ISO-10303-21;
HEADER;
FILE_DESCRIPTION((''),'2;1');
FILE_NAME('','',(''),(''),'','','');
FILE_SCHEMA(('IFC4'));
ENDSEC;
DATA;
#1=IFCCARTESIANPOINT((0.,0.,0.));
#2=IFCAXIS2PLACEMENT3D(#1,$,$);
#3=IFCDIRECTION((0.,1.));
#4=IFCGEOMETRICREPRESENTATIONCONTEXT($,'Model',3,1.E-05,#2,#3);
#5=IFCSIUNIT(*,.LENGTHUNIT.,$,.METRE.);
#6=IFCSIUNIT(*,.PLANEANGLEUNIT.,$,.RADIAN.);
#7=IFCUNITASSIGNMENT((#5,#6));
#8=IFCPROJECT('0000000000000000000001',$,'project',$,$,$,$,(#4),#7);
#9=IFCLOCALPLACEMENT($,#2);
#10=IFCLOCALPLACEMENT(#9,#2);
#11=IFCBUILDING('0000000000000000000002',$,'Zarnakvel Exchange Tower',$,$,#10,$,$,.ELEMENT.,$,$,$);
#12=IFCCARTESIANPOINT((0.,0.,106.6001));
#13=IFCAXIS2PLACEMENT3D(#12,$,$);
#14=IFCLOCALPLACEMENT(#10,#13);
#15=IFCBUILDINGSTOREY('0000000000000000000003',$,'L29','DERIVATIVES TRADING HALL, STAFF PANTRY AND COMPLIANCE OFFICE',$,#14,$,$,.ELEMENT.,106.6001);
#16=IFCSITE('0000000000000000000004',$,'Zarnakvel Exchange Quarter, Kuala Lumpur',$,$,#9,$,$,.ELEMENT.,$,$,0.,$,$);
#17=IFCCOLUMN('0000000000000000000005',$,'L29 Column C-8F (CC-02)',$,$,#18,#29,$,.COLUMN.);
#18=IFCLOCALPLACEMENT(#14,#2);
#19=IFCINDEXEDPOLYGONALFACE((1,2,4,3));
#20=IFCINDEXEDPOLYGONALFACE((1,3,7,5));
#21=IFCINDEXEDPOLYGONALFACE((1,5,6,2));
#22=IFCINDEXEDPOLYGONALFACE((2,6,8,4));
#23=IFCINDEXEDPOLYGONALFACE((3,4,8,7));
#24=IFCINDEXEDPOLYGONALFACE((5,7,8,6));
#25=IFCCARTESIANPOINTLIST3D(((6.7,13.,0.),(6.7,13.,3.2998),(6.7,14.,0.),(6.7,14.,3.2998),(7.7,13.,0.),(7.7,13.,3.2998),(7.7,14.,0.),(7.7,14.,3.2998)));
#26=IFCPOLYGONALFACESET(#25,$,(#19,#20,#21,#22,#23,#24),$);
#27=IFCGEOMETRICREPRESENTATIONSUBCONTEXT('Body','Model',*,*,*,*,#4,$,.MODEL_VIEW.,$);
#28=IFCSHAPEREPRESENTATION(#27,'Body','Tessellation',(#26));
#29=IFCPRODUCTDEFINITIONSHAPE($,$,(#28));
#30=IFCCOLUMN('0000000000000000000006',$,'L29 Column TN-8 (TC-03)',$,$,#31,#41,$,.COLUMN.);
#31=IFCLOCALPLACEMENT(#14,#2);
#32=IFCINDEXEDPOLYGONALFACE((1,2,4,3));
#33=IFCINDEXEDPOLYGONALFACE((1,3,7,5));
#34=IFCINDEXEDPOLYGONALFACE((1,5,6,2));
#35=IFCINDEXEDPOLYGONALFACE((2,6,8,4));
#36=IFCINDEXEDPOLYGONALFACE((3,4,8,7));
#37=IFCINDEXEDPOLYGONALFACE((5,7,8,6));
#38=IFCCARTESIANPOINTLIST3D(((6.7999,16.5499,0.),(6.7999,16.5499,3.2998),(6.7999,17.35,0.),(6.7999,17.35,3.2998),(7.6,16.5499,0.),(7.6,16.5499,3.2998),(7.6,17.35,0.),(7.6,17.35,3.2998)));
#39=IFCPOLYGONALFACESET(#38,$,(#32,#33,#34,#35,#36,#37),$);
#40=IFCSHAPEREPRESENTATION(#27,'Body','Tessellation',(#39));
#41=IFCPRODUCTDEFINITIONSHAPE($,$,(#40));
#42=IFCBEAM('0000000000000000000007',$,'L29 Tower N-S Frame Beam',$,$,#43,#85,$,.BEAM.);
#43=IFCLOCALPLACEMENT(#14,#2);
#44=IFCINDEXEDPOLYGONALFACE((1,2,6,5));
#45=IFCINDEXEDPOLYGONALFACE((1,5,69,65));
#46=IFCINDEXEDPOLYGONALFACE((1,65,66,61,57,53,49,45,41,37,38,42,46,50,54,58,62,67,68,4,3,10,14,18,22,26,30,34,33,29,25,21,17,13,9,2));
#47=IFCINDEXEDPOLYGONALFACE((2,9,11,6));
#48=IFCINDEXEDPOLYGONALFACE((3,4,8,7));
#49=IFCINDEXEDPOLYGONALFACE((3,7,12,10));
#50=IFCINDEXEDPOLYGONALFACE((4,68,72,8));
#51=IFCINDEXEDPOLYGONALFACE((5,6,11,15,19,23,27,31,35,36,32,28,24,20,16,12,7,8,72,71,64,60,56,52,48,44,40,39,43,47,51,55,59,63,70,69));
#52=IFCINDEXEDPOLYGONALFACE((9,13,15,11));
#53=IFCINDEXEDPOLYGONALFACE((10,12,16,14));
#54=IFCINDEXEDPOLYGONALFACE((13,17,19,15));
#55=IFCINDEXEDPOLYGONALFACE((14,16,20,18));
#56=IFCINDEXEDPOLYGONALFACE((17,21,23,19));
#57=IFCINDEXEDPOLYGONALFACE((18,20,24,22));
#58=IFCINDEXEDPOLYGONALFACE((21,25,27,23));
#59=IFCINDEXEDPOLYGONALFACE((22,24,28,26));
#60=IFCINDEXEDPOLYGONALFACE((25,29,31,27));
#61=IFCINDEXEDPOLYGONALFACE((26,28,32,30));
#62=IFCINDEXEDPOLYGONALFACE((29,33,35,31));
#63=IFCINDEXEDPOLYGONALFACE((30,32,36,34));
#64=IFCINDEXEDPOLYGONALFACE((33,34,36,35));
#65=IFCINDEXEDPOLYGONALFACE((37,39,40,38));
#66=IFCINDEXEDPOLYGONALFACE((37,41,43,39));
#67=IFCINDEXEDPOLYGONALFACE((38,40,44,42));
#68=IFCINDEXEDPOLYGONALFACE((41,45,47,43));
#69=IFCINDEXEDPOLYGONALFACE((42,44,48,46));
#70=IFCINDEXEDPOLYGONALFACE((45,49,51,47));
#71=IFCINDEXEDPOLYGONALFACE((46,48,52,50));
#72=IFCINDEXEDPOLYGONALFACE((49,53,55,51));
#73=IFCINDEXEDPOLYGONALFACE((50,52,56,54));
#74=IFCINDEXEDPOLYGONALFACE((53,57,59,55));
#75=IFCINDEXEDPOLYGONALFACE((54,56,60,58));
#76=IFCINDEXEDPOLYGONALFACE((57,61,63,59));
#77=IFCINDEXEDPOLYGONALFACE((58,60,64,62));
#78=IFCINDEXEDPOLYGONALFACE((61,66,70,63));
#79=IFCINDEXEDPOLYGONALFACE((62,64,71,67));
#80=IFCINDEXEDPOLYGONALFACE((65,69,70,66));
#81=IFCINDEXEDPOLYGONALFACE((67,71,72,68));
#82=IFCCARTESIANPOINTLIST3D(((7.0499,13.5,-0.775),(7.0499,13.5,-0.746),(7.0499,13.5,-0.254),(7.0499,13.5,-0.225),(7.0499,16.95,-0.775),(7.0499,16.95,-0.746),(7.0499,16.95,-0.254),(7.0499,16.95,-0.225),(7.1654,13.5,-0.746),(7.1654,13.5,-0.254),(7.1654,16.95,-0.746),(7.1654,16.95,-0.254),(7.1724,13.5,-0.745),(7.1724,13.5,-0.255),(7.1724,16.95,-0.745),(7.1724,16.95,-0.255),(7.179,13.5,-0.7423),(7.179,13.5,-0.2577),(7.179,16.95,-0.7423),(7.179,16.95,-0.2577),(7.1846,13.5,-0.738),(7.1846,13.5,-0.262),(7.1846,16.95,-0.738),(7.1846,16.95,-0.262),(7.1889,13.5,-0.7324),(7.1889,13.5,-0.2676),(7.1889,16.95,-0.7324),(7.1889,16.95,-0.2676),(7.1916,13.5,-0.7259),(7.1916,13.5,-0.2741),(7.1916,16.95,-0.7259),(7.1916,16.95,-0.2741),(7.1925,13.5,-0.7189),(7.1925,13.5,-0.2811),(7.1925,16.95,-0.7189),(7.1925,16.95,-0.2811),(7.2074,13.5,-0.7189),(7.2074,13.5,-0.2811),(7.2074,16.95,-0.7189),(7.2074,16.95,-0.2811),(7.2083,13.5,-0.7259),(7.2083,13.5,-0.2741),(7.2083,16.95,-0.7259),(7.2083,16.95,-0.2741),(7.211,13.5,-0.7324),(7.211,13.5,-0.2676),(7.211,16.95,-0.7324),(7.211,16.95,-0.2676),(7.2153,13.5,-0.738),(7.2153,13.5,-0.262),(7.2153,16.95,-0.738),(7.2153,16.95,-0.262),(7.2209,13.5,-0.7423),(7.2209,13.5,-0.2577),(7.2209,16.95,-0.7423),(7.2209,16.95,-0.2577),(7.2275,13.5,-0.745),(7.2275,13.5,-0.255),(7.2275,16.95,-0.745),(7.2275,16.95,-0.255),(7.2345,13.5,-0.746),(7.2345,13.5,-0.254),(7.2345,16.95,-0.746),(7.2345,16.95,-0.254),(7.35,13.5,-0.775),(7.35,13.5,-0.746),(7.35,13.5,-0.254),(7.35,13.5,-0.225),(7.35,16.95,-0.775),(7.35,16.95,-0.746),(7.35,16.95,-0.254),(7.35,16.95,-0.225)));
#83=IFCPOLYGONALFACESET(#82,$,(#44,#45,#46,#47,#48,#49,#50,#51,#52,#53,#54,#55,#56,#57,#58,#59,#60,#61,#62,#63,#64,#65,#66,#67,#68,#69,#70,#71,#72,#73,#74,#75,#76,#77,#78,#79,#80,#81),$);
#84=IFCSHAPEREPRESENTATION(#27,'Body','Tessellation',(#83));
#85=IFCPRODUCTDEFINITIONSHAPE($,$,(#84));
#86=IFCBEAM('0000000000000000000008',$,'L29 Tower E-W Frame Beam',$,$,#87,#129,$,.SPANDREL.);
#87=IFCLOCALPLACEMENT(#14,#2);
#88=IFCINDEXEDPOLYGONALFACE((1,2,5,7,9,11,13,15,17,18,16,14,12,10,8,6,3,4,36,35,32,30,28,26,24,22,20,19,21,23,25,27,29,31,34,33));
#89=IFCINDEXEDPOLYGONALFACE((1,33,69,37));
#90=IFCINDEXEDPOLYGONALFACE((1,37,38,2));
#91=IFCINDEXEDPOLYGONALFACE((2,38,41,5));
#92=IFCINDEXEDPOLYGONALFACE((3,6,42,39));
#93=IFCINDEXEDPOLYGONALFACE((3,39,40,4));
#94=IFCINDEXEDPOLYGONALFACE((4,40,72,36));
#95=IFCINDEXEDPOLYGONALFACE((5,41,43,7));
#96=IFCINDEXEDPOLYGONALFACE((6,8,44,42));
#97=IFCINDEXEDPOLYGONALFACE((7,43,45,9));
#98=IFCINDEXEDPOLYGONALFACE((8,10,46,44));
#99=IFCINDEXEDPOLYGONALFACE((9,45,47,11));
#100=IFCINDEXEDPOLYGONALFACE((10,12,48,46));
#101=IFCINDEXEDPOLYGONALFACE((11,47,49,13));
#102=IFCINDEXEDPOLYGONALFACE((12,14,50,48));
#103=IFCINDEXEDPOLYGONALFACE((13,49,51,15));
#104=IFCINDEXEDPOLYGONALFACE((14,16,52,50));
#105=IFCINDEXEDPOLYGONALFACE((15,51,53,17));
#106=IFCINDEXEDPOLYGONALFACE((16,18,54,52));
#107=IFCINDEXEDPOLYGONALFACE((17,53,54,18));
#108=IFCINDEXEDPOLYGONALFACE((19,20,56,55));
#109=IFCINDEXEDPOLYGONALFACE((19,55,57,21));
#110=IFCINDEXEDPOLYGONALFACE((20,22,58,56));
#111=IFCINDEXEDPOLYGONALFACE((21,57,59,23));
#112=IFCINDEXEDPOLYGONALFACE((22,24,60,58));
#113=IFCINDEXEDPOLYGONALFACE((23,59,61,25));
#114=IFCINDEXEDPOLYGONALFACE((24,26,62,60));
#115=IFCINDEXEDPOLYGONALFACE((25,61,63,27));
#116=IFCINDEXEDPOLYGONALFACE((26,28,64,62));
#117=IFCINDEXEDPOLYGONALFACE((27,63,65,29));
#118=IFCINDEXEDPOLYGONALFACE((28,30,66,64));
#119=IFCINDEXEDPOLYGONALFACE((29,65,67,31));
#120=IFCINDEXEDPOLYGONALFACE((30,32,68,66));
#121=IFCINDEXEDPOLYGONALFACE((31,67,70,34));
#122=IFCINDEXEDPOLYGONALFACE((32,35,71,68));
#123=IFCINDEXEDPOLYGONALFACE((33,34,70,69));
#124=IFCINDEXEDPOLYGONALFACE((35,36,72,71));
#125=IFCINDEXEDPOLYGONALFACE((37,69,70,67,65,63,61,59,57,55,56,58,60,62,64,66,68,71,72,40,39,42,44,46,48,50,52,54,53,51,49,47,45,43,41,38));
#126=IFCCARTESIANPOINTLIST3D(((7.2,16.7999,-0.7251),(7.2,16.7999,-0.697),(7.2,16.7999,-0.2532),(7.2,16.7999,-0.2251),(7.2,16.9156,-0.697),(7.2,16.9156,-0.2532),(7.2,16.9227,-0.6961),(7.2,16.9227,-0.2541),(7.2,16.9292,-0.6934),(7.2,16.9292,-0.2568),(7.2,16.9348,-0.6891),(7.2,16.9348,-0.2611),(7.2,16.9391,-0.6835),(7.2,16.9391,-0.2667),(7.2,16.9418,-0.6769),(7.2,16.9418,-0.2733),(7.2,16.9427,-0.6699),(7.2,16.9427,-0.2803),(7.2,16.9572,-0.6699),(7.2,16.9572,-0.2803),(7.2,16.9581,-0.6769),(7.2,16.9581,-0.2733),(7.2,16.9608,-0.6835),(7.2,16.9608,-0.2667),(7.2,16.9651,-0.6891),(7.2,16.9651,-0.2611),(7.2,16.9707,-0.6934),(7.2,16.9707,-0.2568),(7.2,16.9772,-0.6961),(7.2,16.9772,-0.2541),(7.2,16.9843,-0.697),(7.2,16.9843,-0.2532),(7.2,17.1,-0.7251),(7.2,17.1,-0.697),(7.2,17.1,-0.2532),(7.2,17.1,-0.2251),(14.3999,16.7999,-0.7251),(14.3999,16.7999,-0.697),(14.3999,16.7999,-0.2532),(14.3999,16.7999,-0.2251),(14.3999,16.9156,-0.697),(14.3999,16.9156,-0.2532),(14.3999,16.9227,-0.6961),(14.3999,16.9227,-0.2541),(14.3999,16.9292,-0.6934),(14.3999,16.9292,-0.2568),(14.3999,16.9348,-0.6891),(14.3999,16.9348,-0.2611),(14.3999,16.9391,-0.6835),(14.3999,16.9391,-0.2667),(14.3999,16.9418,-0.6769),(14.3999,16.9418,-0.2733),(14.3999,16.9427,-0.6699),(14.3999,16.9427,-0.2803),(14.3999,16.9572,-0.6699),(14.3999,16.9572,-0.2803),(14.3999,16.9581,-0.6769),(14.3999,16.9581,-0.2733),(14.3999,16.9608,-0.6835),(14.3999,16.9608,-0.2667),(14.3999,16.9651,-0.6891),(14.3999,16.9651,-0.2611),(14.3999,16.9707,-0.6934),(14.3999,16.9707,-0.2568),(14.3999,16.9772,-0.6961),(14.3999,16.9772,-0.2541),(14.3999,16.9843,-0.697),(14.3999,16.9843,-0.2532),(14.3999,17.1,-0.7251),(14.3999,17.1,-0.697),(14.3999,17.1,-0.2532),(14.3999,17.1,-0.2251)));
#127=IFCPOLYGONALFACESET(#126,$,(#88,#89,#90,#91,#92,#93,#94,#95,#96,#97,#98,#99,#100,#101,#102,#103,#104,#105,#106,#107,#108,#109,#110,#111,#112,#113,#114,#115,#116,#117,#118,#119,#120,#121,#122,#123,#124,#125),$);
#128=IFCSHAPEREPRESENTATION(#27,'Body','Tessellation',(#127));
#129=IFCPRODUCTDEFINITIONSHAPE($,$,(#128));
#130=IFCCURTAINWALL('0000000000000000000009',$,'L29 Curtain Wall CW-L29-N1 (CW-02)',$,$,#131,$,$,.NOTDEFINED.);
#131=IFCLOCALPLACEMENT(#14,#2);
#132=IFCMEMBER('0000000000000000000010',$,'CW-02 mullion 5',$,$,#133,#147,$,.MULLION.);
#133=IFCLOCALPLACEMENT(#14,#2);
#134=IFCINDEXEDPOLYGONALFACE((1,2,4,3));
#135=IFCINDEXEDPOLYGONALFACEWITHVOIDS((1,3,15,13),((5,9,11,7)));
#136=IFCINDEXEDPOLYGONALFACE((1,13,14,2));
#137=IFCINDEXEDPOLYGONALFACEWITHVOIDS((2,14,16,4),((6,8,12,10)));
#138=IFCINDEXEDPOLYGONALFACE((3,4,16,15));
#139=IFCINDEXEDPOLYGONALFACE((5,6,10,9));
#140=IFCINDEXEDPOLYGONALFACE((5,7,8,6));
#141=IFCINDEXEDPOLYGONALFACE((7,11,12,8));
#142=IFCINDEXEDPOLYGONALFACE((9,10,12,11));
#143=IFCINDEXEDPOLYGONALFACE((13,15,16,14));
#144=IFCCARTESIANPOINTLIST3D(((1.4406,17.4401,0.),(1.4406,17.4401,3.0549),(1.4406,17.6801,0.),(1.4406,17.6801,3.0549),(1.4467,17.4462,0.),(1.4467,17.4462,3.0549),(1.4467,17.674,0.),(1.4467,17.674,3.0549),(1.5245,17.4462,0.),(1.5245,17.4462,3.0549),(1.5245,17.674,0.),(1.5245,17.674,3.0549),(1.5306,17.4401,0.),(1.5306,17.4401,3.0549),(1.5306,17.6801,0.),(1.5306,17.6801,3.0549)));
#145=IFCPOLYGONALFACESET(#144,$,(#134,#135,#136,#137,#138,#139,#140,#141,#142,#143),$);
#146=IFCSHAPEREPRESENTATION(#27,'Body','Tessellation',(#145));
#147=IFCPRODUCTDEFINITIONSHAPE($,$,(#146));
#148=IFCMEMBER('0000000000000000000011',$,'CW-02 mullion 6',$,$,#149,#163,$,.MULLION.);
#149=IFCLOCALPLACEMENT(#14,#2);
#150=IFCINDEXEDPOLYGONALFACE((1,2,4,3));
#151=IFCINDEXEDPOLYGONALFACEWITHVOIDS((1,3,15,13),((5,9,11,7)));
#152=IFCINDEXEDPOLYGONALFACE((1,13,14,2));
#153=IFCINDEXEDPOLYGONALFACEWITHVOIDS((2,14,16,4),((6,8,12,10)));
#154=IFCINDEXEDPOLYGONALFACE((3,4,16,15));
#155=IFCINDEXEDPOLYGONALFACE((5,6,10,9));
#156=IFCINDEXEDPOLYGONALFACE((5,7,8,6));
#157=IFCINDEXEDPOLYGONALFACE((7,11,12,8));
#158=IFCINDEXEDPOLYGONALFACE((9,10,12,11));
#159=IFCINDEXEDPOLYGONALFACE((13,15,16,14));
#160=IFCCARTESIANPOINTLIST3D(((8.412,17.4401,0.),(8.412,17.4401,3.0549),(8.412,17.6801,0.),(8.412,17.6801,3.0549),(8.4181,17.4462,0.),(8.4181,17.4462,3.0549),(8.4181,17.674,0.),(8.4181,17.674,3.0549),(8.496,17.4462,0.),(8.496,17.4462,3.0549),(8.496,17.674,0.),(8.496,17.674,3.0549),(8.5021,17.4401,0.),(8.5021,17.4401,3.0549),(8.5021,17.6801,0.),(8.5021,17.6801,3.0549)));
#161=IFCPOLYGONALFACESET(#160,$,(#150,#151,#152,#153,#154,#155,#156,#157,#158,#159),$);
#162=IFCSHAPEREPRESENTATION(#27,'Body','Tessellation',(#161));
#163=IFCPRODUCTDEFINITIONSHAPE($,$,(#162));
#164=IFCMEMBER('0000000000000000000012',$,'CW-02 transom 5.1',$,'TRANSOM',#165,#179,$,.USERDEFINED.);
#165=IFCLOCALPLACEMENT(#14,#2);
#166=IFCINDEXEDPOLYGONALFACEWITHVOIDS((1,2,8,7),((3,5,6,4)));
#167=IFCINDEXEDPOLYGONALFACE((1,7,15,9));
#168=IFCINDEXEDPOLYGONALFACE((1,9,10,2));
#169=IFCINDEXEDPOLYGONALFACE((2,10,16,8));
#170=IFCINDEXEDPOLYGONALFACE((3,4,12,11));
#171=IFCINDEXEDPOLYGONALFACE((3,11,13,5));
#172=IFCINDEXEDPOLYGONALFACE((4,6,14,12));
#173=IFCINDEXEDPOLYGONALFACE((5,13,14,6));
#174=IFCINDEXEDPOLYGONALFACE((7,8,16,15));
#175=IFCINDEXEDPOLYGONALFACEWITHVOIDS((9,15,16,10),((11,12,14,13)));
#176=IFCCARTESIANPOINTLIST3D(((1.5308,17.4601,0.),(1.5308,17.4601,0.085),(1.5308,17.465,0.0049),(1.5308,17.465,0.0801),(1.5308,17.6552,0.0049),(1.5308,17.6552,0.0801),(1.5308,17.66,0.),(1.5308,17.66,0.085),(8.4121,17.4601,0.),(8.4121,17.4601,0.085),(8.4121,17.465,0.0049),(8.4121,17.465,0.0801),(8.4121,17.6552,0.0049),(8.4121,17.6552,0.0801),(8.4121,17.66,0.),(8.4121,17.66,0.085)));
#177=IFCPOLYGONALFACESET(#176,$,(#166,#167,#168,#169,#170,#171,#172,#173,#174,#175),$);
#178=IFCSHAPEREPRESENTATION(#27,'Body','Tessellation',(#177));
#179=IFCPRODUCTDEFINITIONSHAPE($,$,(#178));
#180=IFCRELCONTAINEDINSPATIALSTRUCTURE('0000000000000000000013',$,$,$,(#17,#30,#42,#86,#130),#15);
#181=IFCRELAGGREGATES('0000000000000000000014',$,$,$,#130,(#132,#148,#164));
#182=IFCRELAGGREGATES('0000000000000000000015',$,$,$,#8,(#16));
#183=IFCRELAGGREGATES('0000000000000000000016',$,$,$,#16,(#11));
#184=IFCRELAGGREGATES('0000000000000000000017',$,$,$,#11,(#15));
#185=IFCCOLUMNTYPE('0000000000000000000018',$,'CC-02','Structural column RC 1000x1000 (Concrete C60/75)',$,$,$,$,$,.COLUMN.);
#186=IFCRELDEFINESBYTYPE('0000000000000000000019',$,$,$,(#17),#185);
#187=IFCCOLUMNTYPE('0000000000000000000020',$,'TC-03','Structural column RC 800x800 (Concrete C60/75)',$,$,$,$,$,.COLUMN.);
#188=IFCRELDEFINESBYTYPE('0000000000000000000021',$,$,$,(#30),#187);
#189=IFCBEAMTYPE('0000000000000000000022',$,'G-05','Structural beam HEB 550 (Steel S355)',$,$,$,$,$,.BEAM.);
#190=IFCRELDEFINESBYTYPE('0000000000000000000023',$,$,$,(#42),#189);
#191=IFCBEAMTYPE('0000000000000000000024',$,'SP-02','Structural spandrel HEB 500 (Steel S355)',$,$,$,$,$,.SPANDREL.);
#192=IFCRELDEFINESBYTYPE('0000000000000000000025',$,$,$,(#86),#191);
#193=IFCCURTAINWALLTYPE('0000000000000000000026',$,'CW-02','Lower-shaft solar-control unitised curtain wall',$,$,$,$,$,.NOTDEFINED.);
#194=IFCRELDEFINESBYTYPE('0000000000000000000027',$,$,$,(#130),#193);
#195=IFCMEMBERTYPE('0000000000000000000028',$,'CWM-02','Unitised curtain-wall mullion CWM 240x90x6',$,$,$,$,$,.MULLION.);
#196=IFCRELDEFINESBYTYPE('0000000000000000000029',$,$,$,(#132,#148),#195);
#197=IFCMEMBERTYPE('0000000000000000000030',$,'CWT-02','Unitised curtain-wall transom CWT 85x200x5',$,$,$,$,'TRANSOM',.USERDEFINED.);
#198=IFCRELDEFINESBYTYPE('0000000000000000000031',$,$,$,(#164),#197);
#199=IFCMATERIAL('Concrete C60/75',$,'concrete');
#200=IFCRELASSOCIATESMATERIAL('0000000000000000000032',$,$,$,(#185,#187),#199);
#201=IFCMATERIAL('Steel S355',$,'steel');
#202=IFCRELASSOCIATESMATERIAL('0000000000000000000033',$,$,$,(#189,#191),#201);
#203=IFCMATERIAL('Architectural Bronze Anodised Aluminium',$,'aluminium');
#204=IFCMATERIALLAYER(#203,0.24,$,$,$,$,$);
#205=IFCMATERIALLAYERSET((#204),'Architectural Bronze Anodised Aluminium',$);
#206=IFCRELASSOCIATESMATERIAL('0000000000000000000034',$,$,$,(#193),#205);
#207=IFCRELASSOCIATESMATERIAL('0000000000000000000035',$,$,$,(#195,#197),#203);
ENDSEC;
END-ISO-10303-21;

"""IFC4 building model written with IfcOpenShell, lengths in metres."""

from ifc_helpers import new_model, si_unit, direction, frame, origin, origin_2d, place, context, subcontext, project, spatial, rectangle, hollow_rectangle, i_section, extrude, source, transform, mapped, material, layer, layer_set, material_profile, profile_set, type_object, element, aggregate, save


model = new_model("IFC4")

# Units and contexts
model_context = context("Model", 3, precision=1e-05, world=origin(), true_north=direction((0.0, 1.0)))
body_context = subcontext(model_context, "Body", "Model", "MODEL_VIEW")
ifc_project = project(units=[si_unit("LENGTHUNIT", "METRE"), si_unit("PLANEANGLEUNIT", "RADIAN")], contexts=[model_context])

# Site, building, storey
site_placement = place(None, origin())
site = spatial("IfcSite", under=ifc_project, at=site_placement, Name="Zarnakvel Exchange Quarter, Kuala Lumpur", CompositionType="ELEMENT", RefElevation=0.0)
building_placement = place(site_placement, origin())
building = spatial("IfcBuilding", under=site, at=building_placement, Name="Zarnakvel Exchange Tower", CompositionType="ELEMENT")
storey_placement = place(building_placement, frame((0.0, 0.0, 106.6001)))
storey = spatial("IfcBuildingStorey", under=building, at=storey_placement, Name="L29", Description="DERIVATIVES TRADING HALL, STAFF PANTRY AND COMPLIANCE OFFICE", CompositionType="ELEMENT", Elevation=106.6001)

# Columns
ifc_material_1 = material(Name="Concrete C60/75", Category="concrete")
ifc_material_profile_1 = material_profile(ifc_material_1, rectangle(XDim=1.0, YDim=1.0, at=origin_2d()))
ifc_profile_set_1 = profile_set([ifc_material_profile_1], Name="Concrete C60/75")
column_type_1 = type_object("IfcColumnType", Name="CC-02", Description="Structural column RC 1000x1000 (Concrete C60/75)", PredefinedType="COLUMN", material=ifc_profile_set_1)
column_1_placement = place(storey_placement, frame((7.2, 13.5, 0.0), z_axis=(0.0, 0.0, 1.0), x_axis=(1.0, 0.0, 0.0)))
element("IfcColumn", 1, at=column_1_placement, inside=storey, type_object=column_type_1, Name="L29 Column C-8F (CC-02)", PredefinedType="COLUMN", context=body_context, shape_type="SweptSolid", body=[
    extrude(rectangle(XDim=1.0, YDim=1.0, at=origin_2d()), origin(), (0.0, 0.0, 1.0), 3.2998),
])
ifc_material_profile_2 = material_profile(ifc_material_1, rectangle(XDim=0.8, YDim=0.8, at=origin_2d()))
ifc_profile_set_2 = profile_set([ifc_material_profile_2], Name="Concrete C60/75")
column_type_2 = type_object("IfcColumnType", Name="TC-03", Description="Structural column RC 800x800 (Concrete C60/75)", PredefinedType="COLUMN", material=ifc_profile_set_2)
column_2_placement = place(storey_placement, frame((7.2, 16.95, 0.0), z_axis=(0.0, 0.0, 1.0), x_axis=(1.0, 0.0, 0.0)))
element("IfcColumn", 2, at=column_2_placement, inside=storey, type_object=column_type_2, Name="L29 Column TN-8 (TC-03)", PredefinedType="COLUMN", context=body_context, shape_type="SweptSolid", body=[
    extrude(rectangle(XDim=0.8, YDim=0.8, at=origin_2d()), origin(), (0.0, 0.0, 1.0), 3.2998),
])

# Beams
ifc_material_2 = material(Name="Steel S355", Category="steel")
ifc_material_profile_3 = material_profile(ifc_material_2, i_section(OverallWidth=0.3, OverallDepth=0.55, WebThickness=0.0149, FlangeThickness=0.0291, FilletRadius=0.0271, at=origin_2d()))
ifc_profile_set_3 = profile_set([ifc_material_profile_3], Name="Steel S355")
beam_type_1 = type_object("IfcBeamType", Name="G-05", Description="Structural beam HEB 550 (Steel S355)", PredefinedType="BEAM", material=ifc_profile_set_3)
beam_1_placement = place(storey_placement, frame((7.2, 13.5, -0.5), z_axis=(0.0, 1.0, 0.0), x_axis=(-1.0, 0.0, 0.0)))
element("IfcBeam", 3, at=beam_1_placement, inside=storey, type_object=beam_type_1, Name="L29 Tower N-S Frame Beam", PredefinedType="BEAM", context=body_context, shape_type="SweptSolid", body=[
    extrude(i_section(OverallWidth=0.3, OverallDepth=0.55, WebThickness=0.0149, FlangeThickness=0.0291, FilletRadius=0.0271, at=origin_2d()), origin(), (0.0, 0.0, 1.0), 3.45),
])
ifc_material_profile_4 = material_profile(ifc_material_2, i_section(OverallWidth=0.3, OverallDepth=0.5, WebThickness=0.0144, FlangeThickness=0.0281, FilletRadius=0.0271, at=origin_2d()))
ifc_profile_set_4 = profile_set([ifc_material_profile_4], Name="Steel S355")
beam_type_2 = type_object("IfcBeamType", Name="SP-02", Description="Structural spandrel HEB 500 (Steel S355)", PredefinedType="SPANDREL", material=ifc_profile_set_4)
beam_2_placement = place(storey_placement, frame((7.2, 16.95, -0.4751), z_axis=(1.0, 0.0, 0.0), x_axis=(0.0, 1.0, 0.0)))
element("IfcBeam", 4, at=beam_2_placement, inside=storey, type_object=beam_type_2, Name="L29 Tower E-W Frame Beam", PredefinedType="SPANDREL", context=body_context, shape_type="SweptSolid", body=[
    extrude(i_section(OverallWidth=0.3, OverallDepth=0.5, WebThickness=0.0144, FlangeThickness=0.0281, FilletRadius=0.0271, at=origin_2d()), origin(), (0.0, 0.0, 1.0), 7.2),
])

# Curtain wall, members
ifc_material_3 = material(Name="Architectural Bronze Anodised Aluminium", Category="aluminium")
ifc_layer_1 = layer(ifc_material_3, 0.24)
ifc_layer_set_1 = layer_set([ifc_layer_1], Name="Architectural Bronze Anodised Aluminium")
curtain_wall_type = type_object("IfcCurtainWallType", Name="CW-02", Description="Lower-shaft solar-control unitised curtain wall", PredefinedType="NOTDEFINED", material=ifc_layer_set_1)
curtain_wall_placement = place(storey_placement, origin())
curtain_wall = element("IfcCurtainWall", 5, at=curtain_wall_placement, inside=storey, type_object=curtain_wall_type, Name="L29 Curtain Wall CW-L29-N1 (CW-02)", PredefinedType="NOTDEFINED")
ifc_material_profile_5 = material_profile(ifc_material_3, hollow_rectangle(XDim=0.24, YDim=0.0901, WallThickness=0.0061, at=origin_2d()))
ifc_profile_set_5 = profile_set([ifc_material_profile_5], Name="Architectural Bronze Anodised Aluminium")
member_type_1 = type_object("IfcMemberType", Name="CWM-02", Description="Unitised curtain-wall mullion CWM 240x90x6", PredefinedType="MULLION", material=ifc_profile_set_5)
shared_shape_1 = source(origin(), body_context, "Body", "SweptSolid", [
    extrude(hollow_rectangle(XDim=0.24, YDim=0.0901, WallThickness=0.0061, at=origin_2d()), origin(), (0.0, 0.0, 1.0), 3.0549),
])
member_1_placement = place(storey_placement, frame((1.4856, 17.5601, 0.0), z_axis=(0.0, 0.0, 1.0), x_axis=(0.0, 1.0, 0.0)))
member_1 = element("IfcMember", 6, at=member_1_placement, type_object=member_type_1, Name="CW-02 mullion 5", PredefinedType="MULLION", context=body_context, shape_type="MappedRepresentation", body=[
    mapped(shared_shape_1, transform((0.0, 0.0, 0.0), x_axis=(1.0, 0.0, 0.0), y_axis=(0.0, 1.0, 0.0), z_axis=(0.0, 0.0, 1.0), scale=1.0)),
])
member_2_placement = place(storey_placement, frame((8.457, 17.5601, 0.0), z_axis=(0.0, 0.0, 1.0), x_axis=(0.0, 1.0, 0.0)))
member_2 = element("IfcMember", 7, at=member_2_placement, type_object=member_type_1, Name="CW-02 mullion 6", PredefinedType="MULLION", context=body_context, shape_type="MappedRepresentation", body=[
    mapped(shared_shape_1, transform((0.0, 0.0, 0.0), x_axis=(1.0, 0.0, 0.0), y_axis=(0.0, 1.0, 0.0), z_axis=(0.0, 0.0, 1.0), scale=1.0)),
])
ifc_material_profile_6 = material_profile(ifc_material_3, hollow_rectangle(XDim=0.2, YDim=0.085, WallThickness=0.0049, at=origin_2d()))
ifc_profile_set_6 = profile_set([ifc_material_profile_6], Name="Architectural Bronze Anodised Aluminium")
member_type_2 = type_object("IfcMemberType", Name="CWT-02", Description="Unitised curtain-wall transom CWT 85x200x5", ElementType="TRANSOM", PredefinedType="USERDEFINED", material=ifc_profile_set_6)
shared_shape_2 = source(origin(), body_context, "Body", "SweptSolid", [
    extrude(hollow_rectangle(XDim=0.2, YDim=0.085, WallThickness=0.0049, at=origin_2d()), origin(), (0.0, 0.0, 1.0), 6.8813),
])
member_3_placement = place(storey_placement, frame((1.5308, 17.5601, 0.0425), z_axis=(1.0, 0.0, 0.0), x_axis=(0.0, 1.0, 0.0)))
member_3 = element("IfcMember", 8, at=member_3_placement, type_object=member_type_2, Name="CW-02 transom 5.1", ObjectType="TRANSOM", PredefinedType="USERDEFINED", context=body_context, shape_type="MappedRepresentation", body=[
    mapped(shared_shape_2, transform((0.0, 0.0, 0.0), x_axis=(1.0, 0.0, 0.0), y_axis=(0.0, 1.0, 0.0), z_axis=(0.0, 0.0, 1.0), scale=1.0)),
])
aggregate(curtain_wall, [member_1, member_2, member_3])

save(model, "model.ifc")
